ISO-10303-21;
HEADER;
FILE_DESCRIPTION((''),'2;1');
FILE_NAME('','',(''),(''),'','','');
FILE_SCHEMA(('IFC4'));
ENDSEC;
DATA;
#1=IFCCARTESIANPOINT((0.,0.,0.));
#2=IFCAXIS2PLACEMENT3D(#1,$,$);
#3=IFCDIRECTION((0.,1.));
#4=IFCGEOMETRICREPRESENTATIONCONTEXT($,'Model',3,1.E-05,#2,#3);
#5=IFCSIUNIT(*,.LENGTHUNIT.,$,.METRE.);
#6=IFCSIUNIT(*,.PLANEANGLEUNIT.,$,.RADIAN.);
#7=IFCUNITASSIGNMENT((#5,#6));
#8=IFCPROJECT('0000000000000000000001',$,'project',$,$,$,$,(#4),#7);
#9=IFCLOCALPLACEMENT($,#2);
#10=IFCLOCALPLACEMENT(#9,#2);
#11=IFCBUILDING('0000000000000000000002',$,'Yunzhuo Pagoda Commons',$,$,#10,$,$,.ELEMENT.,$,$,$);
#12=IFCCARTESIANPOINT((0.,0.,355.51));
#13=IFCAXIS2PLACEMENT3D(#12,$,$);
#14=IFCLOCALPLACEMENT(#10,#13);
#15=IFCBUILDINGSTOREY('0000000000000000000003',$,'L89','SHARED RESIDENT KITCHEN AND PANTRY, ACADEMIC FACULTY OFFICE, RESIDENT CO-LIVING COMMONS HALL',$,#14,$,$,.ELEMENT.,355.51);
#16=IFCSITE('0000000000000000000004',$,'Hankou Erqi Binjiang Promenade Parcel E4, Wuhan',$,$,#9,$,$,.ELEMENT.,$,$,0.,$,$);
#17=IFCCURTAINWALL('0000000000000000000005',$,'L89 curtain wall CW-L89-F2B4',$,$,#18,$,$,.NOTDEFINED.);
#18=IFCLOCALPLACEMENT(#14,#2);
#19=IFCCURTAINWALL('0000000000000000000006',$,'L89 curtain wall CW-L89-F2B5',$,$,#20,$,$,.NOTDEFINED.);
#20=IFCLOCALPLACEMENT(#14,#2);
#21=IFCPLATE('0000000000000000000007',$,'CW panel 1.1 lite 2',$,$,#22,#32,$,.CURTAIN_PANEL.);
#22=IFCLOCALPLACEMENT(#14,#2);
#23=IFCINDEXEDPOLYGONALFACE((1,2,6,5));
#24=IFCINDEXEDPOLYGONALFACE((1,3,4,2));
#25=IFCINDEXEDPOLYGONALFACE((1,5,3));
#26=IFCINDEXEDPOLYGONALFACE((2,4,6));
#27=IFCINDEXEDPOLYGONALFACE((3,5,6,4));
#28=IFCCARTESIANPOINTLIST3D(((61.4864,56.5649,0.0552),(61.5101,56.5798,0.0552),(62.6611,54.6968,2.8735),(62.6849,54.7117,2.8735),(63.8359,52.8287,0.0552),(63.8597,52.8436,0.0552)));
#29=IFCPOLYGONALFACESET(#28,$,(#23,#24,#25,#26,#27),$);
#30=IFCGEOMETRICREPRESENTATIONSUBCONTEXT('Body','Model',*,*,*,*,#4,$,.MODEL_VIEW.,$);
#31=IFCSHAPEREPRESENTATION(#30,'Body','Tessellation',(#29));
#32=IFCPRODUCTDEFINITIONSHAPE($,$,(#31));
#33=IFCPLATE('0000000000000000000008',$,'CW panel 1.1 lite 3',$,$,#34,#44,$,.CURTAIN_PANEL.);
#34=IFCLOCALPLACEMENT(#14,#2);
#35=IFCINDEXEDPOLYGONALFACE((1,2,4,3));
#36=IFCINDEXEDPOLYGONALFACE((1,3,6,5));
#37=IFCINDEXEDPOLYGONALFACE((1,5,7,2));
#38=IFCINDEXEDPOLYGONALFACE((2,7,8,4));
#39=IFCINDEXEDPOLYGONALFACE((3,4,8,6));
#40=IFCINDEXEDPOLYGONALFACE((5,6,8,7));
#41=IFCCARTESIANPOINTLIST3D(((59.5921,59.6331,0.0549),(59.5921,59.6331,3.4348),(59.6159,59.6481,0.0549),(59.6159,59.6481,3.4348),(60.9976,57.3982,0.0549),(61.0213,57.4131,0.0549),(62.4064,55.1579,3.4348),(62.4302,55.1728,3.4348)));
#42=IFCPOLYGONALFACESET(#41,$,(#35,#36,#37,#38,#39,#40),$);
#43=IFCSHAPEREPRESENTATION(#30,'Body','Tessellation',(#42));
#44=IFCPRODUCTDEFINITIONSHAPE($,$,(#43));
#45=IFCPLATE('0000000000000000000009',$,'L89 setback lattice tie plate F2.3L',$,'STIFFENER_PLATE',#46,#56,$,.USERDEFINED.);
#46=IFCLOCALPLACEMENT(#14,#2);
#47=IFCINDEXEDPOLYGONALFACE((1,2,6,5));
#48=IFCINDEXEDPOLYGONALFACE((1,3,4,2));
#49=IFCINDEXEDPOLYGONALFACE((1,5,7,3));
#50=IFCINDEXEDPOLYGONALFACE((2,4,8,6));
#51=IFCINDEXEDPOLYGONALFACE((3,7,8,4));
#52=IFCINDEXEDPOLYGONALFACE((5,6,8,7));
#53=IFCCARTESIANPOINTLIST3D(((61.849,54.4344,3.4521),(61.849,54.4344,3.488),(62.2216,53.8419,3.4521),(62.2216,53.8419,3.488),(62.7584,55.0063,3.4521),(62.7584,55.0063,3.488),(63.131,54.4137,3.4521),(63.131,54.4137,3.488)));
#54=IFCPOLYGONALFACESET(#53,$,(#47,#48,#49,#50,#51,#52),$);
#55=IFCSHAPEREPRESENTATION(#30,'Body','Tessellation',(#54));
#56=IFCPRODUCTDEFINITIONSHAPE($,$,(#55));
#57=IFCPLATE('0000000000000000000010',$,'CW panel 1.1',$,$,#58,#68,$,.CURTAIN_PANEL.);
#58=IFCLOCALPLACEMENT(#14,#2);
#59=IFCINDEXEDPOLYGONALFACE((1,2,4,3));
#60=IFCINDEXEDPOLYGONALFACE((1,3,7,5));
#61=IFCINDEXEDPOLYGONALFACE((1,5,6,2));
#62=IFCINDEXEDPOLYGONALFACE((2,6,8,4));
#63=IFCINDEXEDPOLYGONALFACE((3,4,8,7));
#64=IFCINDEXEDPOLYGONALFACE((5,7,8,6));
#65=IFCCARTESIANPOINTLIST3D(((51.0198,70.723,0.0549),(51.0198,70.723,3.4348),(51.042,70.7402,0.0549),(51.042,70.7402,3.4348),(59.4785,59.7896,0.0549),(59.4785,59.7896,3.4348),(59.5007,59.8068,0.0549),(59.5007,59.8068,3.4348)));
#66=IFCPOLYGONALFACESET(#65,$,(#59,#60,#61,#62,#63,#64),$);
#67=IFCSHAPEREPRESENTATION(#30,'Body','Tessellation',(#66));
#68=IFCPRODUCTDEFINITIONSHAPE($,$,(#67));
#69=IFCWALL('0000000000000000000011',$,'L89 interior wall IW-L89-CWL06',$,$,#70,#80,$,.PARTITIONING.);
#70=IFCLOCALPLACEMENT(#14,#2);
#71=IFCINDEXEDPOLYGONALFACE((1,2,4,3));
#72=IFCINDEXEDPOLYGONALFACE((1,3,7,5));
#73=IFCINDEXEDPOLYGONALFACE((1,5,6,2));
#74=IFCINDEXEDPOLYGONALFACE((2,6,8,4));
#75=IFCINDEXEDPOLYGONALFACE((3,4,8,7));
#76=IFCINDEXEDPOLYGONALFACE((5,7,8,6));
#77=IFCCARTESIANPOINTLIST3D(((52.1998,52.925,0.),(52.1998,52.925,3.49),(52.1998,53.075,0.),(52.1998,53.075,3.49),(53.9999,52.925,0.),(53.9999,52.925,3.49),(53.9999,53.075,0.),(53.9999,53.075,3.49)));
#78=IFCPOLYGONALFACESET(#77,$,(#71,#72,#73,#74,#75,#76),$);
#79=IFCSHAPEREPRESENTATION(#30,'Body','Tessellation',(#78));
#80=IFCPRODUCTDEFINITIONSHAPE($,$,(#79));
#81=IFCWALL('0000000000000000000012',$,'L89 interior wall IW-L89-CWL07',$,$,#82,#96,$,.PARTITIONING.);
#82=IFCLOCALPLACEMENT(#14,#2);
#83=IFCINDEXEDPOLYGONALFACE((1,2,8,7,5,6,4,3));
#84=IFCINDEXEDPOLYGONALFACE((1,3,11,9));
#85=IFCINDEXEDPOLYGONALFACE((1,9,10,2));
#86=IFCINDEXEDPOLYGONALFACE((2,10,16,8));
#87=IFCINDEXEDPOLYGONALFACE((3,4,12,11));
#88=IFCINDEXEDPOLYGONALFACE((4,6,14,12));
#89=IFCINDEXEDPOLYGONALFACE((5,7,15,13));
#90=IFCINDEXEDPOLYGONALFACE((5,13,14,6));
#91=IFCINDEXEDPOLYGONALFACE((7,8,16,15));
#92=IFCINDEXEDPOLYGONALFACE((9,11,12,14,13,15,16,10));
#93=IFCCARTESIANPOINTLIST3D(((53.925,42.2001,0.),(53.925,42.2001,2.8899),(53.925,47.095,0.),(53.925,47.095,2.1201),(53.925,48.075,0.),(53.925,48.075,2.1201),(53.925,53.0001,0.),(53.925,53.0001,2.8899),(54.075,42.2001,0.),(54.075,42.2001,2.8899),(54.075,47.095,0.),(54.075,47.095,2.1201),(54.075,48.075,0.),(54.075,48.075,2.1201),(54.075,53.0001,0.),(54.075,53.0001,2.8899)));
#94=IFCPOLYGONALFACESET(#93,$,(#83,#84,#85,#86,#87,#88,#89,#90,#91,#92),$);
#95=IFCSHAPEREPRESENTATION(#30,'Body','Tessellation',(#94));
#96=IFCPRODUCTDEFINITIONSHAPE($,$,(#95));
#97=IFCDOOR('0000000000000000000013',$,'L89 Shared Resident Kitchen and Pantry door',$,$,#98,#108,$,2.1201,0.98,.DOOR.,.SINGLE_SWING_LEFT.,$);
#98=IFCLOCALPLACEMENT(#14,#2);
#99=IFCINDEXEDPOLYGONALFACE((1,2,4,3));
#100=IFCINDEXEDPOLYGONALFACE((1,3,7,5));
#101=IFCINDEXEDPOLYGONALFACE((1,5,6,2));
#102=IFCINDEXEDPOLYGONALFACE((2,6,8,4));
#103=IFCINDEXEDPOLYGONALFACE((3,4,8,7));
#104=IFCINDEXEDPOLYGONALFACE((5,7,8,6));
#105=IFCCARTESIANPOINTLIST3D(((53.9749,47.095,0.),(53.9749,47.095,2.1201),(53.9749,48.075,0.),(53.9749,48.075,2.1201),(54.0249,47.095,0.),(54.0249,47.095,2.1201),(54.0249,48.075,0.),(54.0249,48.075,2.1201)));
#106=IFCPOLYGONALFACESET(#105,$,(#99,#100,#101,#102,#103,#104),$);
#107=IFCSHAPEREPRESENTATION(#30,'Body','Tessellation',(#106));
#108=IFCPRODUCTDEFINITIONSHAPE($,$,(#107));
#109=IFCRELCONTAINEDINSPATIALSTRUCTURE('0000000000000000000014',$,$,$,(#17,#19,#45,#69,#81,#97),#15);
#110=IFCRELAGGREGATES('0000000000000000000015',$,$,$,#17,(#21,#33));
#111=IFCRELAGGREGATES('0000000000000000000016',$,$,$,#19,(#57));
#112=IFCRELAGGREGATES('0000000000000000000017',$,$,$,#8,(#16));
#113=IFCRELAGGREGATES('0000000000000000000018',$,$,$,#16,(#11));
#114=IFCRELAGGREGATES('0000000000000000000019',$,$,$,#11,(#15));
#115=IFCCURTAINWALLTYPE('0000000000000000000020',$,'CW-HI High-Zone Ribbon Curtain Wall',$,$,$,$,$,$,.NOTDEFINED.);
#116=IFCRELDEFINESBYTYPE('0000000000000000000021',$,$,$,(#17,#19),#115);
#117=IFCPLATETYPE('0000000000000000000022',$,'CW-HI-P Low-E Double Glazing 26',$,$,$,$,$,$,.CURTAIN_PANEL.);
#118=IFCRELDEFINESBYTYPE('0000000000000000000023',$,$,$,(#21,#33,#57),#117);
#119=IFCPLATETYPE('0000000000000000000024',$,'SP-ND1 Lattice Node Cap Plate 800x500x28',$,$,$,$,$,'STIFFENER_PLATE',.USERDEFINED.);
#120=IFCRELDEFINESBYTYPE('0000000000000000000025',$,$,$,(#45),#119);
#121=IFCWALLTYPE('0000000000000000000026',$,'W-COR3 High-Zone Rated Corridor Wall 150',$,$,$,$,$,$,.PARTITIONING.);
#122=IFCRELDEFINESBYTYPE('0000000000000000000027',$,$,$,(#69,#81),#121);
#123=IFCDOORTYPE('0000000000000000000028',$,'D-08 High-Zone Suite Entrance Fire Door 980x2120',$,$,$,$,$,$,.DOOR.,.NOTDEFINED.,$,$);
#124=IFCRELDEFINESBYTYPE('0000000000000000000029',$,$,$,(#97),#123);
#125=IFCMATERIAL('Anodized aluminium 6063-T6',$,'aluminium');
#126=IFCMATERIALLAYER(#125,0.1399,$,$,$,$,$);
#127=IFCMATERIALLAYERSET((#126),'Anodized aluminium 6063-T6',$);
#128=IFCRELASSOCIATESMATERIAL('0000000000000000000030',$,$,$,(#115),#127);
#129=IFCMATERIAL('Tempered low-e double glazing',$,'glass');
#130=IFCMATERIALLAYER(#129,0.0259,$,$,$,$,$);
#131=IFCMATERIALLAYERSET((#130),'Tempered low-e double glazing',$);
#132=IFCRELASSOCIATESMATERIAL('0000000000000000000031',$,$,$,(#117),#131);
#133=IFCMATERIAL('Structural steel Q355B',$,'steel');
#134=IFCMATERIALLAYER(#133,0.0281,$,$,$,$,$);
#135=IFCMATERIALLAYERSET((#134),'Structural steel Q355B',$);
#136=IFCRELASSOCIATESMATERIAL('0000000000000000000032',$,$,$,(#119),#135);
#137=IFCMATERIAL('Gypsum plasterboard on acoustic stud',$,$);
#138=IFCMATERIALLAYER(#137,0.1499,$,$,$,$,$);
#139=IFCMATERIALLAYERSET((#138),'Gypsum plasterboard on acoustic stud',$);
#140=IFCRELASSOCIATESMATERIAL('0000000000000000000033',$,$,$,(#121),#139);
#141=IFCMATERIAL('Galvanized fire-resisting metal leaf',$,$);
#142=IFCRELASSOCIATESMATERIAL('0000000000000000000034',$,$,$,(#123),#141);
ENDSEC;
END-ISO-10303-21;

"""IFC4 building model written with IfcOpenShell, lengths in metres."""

from ifc_helpers import new_model, si_unit, direction, frame, frame_2d, origin, origin_with_axes, origin_2d, place, context, subcontext, project, spatial, polyline, rectangle, outline, extrude, source, transform, mapped, material, layer, layer_set, type_object, element, fill, aggregate, save


model = new_model("IFC4")

# Units and contexts
model_context = context("Model", 3, precision=1e-05, world=origin(), true_north=direction((0.0, 1.0)))
body_context = subcontext(model_context, "Body", "Model", "MODEL_VIEW")
ifc_project = project(units=[si_unit("LENGTHUNIT", "METRE"), si_unit("PLANEANGLEUNIT", "RADIAN")], contexts=[model_context])

# Site, building, storey
site_placement = place(None, origin())
site = spatial("IfcSite", under=ifc_project, at=site_placement, Name="Hankou Erqi Binjiang Promenade Parcel E4, Wuhan", CompositionType="ELEMENT", RefElevation=0.0)
building_placement = place(site_placement, origin())
building = spatial("IfcBuilding", under=site, at=building_placement, Name="Yunzhuo Pagoda Commons", CompositionType="ELEMENT")
storey_placement = place(building_placement, frame((0.0, 0.0, 355.51)))
storey = spatial("IfcBuildingStorey", under=building, at=storey_placement, Name="L89", Description="SHARED RESIDENT KITCHEN AND PANTRY, ACADEMIC FACULTY OFFICE, RESIDENT CO-LIVING COMMONS HALL", CompositionType="ELEMENT", Elevation=355.51)

# Shared definitions
ifc_material_1 = material(Name="Structural steel Q355B", Category="steel")

# Curtain wall
ifc_material_2 = material(Name="Anodized aluminium 6063-T6", Category="aluminium")
ifc_layer_1 = layer(ifc_material_2, 0.1399)
ifc_layer_set_1 = layer_set([ifc_layer_1], Name="Anodized aluminium 6063-T6")
curtain_wall_type = type_object("IfcCurtainWallType", Name="CW-HI High-Zone Ribbon Curtain Wall", PredefinedType="NOTDEFINED", material=ifc_layer_set_1)
curtain_wall_1_placement = place(storey_placement, origin())
curtain_wall_1 = element("IfcCurtainWall", 1, at=curtain_wall_1_placement, inside=storey, type_object=curtain_wall_type, Name="L89 curtain wall CW-L89-F2B4", PredefinedType="NOTDEFINED")

# Curtain wall
curtain_wall_2_placement = place(storey_placement, origin())
curtain_wall_2 = element("IfcCurtainWall", 2, at=curtain_wall_2_placement, inside=storey, type_object=curtain_wall_type, Name="L89 curtain wall CW-L89-F2B5", PredefinedType="NOTDEFINED")

# Plates
ifc_material_3 = material(Name="Tempered low-e double glazing", Category="glass")
ifc_layer_2 = layer(ifc_material_3, 0.0259)
ifc_layer_set_2 = layer_set([ifc_layer_2], Name="Tempered low-e double glazing")
plate_type_1 = type_object("IfcPlateType", Name="CW-HI-P Low-E Double Glazing 26", PredefinedType="CURTAIN_PANEL", material=ifc_layer_set_2)
plate_1_placement = place(storey_placement, frame((62.6611, 54.6968, 1.4644), z_axis=(0.846525, 0.53235, 0.0), x_axis=(-0.53235, 0.846525, 0.0)))
plate_1 = element("IfcPlate", 3, at=plate_1_placement, type_object=plate_type_1, Name="CW panel 1.1 lite 2", PredefinedType="CURTAIN_PANEL", context=body_context, shape_type="SweptSolid", body=[
    extrude(outline(polyline([(-2.2068, -1.4092), (2.2068, -1.4092), (0.0, 1.4092), (-2.2068, -1.4092)])), origin(), (0.0, 0.0, 1.0), 0.0281),
])
plate_2_placement = place(storey_placement, frame((60.9993, 57.3955, 1.7449), z_axis=(0.846525, 0.53235, 0.0), x_axis=(-0.53235, 0.846525, 0.0)))
plate_2 = element("IfcPlate", 4, at=plate_2_placement, type_object=plate_type_1, Name="CW panel 1.1 lite 3", PredefinedType="CURTAIN_PANEL", context=body_context, shape_type="SweptSolid", body=[
    extrude(outline(polyline([(-2.6433, 1.6899), (0.0032, -1.6899), (2.6433, -1.6899), (2.6433, 1.6899), (-2.6433, 1.6899)])), origin(), (0.0, 0.0, 1.0), 0.0281),
])
aggregate(curtain_wall_1, [plate_1, plate_2])
ifc_layer_3 = layer(ifc_material_1, 0.0281)
ifc_layer_set_3 = layer_set([ifc_layer_3], Name="Structural steel Q355B")
plate_type_2 = type_object("IfcPlateType", Name="SP-ND1 Lattice Node Cap Plate 800x500x28", ElementType="STIFFENER_PLATE", PredefinedType="USERDEFINED", material=ifc_layer_set_3)
shared_shape_1 = source(origin(), body_context, "Body", "SweptSolid", [
    extrude(rectangle(XDim=0.7, YDim=1.0742, at=origin_2d()), origin(), (0.0, 0.0, 1.0), 0.0359),
])
plate_3_placement = place(storey_placement, frame((62.49, 54.4241, 3.4521), z_axis=(0.0, 0.0, 1.0), x_axis=(-0.532344, 0.846528, 0.0)))
element("IfcPlate", 5, at=plate_3_placement, inside=storey, type_object=plate_type_2, Name="L89 setback lattice tie plate F2.3L", ObjectType="STIFFENER_PLATE", PredefinedType="USERDEFINED", context=body_context, shape_type="MappedRepresentation", body=[
    mapped(shared_shape_1, transform((0.0, 0.0, 0.0), scale=1.0)),
])
shared_shape_2 = source(origin(), body_context, "Body", "SweptSolid", [
    extrude(rectangle(XDim=13.8235, YDim=0.0281, at=origin_2d()), origin(), (0.0, 0.0, 1.0), 3.3799),
])
plate_4_placement = place(storey_placement, frame((55.2603, 65.2649, 0.0549), z_axis=(0.0, 0.0, 1.0), x_axis=(-0.61191, 0.790927, 0.0)))
plate_4 = element("IfcPlate", 6, at=plate_4_placement, type_object=plate_type_1, Name="CW panel 1.1", PredefinedType="CURTAIN_PANEL", context=body_context, shape_type="MappedRepresentation", body=[
    mapped(shared_shape_2, transform((0.0, 0.0, 0.0), scale=1.0)),
])
aggregate(curtain_wall_2, [plate_4])

# Wall
ifc_material_4 = material(Name="Gypsum plasterboard on acoustic stud")
ifc_layer_4 = layer(ifc_material_4, 0.1499)
ifc_layer_set_4 = layer_set([ifc_layer_4], Name="Gypsum plasterboard on acoustic stud")
wall_type_1 = type_object("IfcWallType", Name="W-COR3 High-Zone Rated Corridor Wall 150", PredefinedType="PARTITIONING", material=ifc_layer_set_4)
wall_1_placement = place(storey_placement, frame((52.2, 53.0, 0.0), z_axis=(0.0, 0.0, 1.0), x_axis=(1.0, 0.0, 0.0)))
element("IfcWall", 7, at=wall_1_placement, inside=storey, type_object=wall_type_1, Name="L89 interior wall IW-L89-CWL06", PredefinedType="PARTITIONING", context=body_context, shape_type="SweptSolid", body=[
    extrude(rectangle(XDim=1.8, YDim=0.1499, at=frame_2d((0.8999, 0.0))), origin(), (0.0, 0.0, 1.0), 3.49),
])

# Wall, opening, door
wall_2_placement = place(storey_placement, frame((54.0, 53.0, 0.0), z_axis=(0.0, 0.0, 1.0), x_axis=(0.0, -1.0, 0.0)))
wall_2 = element("IfcWall", 8, at=wall_2_placement, inside=storey, type_object=wall_type_1, Name="L89 interior wall IW-L89-CWL07", PredefinedType="PARTITIONING", context=body_context, shape_type="SweptSolid", body=[
    extrude(rectangle(XDim=10.8, YDim=0.1499, at=frame_2d((5.3999, 0.0))), origin(), (0.0, 0.0, 1.0), 2.8899),
])
opening_1_placement = place(wall_2_placement, frame((4.925, 0.0, 0.0)))
opening_1 = element("IfcOpeningElement", 9, at=opening_1_placement, cuts=wall_2, PredefinedType="OPENING", context=body_context, shape_type="SweptSolid", body=[
    extrude(rectangle(XDim=0.98, YDim=2.1201, at=frame_2d((0.49, 1.0601))), frame((0.0, 0.085, 0.0), z_axis=(0.0, -1.0, 0.0), x_axis=(1.0, 0.0, 0.0)), (0.0, 0.0, 1.0), 0.1699),
])
ifc_material_5 = material(Name="Galvanized fire-resisting metal leaf")
door_type_1 = type_object("IfcDoorType", Name="D-08 High-Zone Suite Entrance Fire Door 980x2120", OperationType="NOTDEFINED", PredefinedType="DOOR", material=ifc_material_5)
shared_shape_3 = source(origin(), body_context, "Body", "SweptSolid", [
    extrude(rectangle(XDim=0.98, YDim=2.1201, at=frame_2d((0.49, 1.0601))), frame((0.0, 0.0249, 0.0), z_axis=(0.0, -1.0, 0.0), x_axis=(1.0, 0.0, 0.0)), (0.0, 0.0, 1.0), 0.05),
])
door_1_placement = place(opening_1_placement, origin_with_axes())
door_1 = element("IfcDoor", 10, at=door_1_placement, inside=storey, type_object=door_type_1, Name="L89 Shared Resident Kitchen and Pantry door", OperationType="SINGLE_SWING_LEFT", OverallHeight=2.1201, OverallWidth=0.98, PredefinedType="DOOR", context=body_context, shape_type="MappedRepresentation", body=[
    mapped(shared_shape_3, transform((0.0, 0.0, 0.0), scale=1.0)),
])
fill(opening_1, door_1)

save(model, "model.ifc")
